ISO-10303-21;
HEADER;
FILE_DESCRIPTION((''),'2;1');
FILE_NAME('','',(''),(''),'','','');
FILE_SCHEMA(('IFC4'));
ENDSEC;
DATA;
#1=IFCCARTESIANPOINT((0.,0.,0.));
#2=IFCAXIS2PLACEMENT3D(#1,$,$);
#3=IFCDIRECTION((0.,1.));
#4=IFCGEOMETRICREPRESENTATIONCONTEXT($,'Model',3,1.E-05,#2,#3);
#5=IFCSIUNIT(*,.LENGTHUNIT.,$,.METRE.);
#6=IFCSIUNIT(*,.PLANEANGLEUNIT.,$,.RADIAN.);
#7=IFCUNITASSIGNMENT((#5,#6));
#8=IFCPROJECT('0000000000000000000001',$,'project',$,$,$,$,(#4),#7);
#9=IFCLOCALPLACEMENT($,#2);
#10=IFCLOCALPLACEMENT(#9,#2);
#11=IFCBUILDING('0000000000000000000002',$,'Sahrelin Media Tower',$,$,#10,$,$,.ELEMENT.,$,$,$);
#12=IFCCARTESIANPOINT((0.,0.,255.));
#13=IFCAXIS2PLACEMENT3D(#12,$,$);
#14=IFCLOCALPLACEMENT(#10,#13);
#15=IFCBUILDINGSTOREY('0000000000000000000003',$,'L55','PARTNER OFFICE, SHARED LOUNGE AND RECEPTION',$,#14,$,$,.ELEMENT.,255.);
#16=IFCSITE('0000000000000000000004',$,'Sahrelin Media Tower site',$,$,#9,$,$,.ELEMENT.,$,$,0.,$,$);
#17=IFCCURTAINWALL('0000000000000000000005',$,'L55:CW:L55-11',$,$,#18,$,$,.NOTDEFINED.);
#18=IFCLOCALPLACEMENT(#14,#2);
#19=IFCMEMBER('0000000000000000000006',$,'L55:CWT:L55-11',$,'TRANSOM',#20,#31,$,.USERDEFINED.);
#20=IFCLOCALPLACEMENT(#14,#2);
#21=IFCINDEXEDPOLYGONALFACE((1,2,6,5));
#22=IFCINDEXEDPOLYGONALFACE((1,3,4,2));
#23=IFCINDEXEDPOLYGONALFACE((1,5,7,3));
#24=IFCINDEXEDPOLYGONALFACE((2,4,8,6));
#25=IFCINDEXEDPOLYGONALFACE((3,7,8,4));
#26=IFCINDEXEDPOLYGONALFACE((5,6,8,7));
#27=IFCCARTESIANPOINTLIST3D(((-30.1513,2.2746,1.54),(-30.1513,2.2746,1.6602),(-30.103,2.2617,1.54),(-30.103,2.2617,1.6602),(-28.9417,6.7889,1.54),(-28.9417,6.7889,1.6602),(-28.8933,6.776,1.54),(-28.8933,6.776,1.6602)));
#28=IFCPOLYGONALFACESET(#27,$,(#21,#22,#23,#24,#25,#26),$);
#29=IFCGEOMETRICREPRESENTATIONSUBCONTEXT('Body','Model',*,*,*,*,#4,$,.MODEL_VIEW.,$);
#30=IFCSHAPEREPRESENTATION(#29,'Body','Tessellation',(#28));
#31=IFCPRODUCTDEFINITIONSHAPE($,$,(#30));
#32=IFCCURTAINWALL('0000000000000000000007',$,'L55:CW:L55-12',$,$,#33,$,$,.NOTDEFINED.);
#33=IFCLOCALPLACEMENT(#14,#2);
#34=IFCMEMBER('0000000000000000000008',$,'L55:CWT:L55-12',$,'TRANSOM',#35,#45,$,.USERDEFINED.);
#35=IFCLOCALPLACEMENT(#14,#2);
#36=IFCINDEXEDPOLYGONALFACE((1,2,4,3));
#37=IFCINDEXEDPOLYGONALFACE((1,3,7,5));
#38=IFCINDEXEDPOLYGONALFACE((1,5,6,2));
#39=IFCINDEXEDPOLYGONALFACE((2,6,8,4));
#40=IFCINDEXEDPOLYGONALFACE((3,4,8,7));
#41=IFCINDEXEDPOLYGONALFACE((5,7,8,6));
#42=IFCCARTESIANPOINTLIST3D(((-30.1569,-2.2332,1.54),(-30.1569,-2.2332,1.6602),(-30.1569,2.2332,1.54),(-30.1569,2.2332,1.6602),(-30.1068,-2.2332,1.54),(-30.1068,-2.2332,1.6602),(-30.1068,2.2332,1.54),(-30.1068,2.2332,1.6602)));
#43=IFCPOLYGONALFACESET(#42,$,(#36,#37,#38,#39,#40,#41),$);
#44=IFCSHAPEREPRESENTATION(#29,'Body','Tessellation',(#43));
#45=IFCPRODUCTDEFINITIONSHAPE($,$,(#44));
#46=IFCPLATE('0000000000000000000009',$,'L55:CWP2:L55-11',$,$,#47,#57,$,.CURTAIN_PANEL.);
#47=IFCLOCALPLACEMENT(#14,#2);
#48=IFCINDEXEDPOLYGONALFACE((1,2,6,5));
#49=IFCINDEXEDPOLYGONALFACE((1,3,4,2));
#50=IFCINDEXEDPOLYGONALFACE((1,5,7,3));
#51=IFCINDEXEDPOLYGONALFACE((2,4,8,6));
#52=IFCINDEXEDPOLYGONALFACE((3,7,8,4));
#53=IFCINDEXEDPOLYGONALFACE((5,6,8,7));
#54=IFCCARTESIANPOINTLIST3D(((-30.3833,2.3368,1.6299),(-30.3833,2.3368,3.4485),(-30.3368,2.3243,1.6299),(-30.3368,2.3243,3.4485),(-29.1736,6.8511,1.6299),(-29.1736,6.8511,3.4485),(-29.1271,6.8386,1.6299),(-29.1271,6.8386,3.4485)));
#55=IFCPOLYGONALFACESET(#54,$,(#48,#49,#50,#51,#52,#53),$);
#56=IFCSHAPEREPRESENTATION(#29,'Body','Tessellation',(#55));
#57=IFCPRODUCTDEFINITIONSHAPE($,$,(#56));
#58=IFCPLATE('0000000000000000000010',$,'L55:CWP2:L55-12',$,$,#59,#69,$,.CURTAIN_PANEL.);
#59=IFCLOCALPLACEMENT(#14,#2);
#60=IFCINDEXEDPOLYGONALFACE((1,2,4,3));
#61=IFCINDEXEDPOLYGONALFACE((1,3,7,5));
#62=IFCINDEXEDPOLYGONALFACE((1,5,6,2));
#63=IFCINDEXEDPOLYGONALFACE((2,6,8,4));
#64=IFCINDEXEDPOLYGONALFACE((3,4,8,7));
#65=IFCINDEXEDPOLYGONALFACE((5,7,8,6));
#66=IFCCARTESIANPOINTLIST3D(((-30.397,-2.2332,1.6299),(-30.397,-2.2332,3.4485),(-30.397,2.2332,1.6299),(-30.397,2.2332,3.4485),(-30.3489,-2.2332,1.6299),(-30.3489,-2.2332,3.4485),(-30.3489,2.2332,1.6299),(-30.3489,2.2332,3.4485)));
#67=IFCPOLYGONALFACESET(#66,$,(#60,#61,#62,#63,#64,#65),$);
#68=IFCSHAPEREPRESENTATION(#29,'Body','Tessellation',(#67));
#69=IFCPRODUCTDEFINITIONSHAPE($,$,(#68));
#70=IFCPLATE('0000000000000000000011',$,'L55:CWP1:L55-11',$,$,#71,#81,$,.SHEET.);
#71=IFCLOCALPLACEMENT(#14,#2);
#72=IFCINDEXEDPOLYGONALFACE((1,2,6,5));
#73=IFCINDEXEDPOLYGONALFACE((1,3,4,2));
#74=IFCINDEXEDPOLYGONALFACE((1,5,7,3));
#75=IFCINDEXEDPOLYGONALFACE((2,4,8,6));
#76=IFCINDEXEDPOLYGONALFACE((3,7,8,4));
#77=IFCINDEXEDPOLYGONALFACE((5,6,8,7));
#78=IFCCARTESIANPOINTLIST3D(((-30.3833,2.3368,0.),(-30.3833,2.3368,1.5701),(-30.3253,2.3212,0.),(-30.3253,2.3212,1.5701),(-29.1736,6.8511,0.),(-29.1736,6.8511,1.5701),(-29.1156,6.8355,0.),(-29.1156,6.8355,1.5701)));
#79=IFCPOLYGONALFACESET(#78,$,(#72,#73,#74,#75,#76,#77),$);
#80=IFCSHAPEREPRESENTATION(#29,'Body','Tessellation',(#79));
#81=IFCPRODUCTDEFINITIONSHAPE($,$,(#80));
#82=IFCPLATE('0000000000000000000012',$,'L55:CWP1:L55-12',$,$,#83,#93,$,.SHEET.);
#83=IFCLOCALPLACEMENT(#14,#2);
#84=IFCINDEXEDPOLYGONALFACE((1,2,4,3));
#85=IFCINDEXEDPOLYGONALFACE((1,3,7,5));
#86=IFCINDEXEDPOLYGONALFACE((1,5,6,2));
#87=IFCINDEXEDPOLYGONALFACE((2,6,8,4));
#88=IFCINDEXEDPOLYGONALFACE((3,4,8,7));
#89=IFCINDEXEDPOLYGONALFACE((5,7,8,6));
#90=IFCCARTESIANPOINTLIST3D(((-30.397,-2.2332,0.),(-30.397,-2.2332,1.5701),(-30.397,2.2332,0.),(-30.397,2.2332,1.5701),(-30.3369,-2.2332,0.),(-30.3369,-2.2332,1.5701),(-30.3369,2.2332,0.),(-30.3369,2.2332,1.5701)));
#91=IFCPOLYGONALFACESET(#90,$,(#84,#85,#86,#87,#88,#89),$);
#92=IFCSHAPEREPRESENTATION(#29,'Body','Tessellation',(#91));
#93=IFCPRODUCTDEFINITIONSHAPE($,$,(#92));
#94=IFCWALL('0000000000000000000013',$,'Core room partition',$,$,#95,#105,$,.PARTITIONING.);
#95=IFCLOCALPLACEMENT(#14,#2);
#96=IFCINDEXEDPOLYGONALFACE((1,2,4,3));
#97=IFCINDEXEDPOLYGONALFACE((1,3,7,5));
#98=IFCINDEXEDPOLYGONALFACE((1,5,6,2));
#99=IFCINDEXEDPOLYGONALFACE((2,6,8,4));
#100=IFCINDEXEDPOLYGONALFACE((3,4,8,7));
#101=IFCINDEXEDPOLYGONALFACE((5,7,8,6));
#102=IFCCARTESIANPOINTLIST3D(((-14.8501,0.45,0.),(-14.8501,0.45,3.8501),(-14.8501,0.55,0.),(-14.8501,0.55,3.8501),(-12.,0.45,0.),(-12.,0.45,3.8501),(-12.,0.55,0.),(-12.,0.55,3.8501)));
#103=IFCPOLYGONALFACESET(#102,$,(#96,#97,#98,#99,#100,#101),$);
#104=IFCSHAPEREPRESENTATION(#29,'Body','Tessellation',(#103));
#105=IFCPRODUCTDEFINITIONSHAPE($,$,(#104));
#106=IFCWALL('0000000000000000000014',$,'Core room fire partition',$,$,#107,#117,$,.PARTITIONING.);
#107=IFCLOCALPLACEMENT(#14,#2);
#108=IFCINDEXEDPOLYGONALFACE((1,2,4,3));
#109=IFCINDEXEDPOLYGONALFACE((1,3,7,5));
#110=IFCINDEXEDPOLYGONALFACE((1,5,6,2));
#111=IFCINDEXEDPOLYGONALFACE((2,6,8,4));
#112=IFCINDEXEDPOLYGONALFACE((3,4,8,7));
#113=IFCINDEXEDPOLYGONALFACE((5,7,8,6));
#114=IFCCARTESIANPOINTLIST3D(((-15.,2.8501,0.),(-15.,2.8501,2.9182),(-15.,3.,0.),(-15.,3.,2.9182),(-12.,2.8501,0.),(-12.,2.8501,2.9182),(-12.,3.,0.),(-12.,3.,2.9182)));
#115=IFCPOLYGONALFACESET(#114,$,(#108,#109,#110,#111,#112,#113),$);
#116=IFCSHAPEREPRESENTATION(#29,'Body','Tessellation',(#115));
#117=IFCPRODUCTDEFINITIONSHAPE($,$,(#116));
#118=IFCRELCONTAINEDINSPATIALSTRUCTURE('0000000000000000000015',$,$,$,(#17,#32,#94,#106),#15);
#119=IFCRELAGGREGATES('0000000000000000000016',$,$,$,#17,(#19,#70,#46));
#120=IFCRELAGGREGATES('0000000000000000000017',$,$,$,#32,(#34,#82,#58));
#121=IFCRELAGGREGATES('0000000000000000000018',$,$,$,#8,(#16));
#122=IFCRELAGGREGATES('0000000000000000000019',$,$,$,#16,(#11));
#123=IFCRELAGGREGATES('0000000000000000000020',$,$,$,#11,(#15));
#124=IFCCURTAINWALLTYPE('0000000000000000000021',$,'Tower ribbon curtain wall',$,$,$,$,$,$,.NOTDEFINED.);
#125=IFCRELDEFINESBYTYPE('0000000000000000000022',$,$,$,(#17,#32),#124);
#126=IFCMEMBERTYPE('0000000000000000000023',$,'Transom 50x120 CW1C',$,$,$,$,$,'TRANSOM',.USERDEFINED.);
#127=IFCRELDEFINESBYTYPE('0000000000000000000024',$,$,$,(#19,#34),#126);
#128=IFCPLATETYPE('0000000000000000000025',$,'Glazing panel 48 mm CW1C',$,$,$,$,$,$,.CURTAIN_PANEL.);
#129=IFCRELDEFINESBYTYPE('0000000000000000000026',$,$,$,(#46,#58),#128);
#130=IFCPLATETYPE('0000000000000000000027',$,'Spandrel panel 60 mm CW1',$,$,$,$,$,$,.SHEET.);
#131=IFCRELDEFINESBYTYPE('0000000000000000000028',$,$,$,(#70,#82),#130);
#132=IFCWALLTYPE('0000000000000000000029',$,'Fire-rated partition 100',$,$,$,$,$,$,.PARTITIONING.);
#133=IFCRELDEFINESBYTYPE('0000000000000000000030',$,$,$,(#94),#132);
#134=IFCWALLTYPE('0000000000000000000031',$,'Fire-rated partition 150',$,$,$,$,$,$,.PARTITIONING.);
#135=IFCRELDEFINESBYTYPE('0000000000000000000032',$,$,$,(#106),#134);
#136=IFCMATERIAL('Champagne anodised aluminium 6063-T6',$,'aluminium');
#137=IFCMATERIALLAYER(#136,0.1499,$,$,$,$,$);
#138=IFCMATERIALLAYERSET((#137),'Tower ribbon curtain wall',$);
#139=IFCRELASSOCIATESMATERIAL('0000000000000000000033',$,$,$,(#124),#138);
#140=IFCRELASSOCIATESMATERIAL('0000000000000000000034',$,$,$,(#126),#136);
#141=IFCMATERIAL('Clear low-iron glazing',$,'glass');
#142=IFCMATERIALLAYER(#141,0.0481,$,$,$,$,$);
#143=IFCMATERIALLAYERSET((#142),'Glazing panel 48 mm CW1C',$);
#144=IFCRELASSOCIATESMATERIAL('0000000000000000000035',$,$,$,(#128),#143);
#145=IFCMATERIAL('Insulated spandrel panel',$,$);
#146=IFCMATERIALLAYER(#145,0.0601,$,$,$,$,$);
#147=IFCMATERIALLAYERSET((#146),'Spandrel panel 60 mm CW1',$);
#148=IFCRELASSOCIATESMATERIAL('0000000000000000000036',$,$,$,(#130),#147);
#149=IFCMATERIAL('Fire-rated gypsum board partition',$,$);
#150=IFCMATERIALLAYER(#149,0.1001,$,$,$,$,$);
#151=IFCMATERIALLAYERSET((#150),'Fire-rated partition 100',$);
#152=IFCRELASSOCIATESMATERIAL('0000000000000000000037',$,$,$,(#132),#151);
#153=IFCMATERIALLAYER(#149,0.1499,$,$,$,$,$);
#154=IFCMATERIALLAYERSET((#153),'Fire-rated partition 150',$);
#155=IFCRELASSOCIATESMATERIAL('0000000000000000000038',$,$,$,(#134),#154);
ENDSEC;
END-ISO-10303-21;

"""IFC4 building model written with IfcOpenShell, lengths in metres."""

from ifc_helpers import new_model, si_unit, direction, frame, frame_2d, origin, origin_2d, place, context, subcontext, project, spatial, polyline, rectangle, outline, extrude, material, layer, layer_set, material_profile, profile_set, type_object, element, aggregate, save


model = new_model("IFC4")

# Units and contexts
model_context = context("Model", 3, precision=1e-05, world=origin(), true_north=direction((0.0, 1.0)))
body_context = subcontext(model_context, "Body", "Model", "MODEL_VIEW")
ifc_project = project(units=[si_unit("LENGTHUNIT", "METRE"), si_unit("PLANEANGLEUNIT", "RADIAN")], contexts=[model_context])

# Site, building, storey
site_placement = place(None, origin())
site = spatial("IfcSite", under=ifc_project, at=site_placement, Name="Sahrelin Media Tower site", CompositionType="ELEMENT", RefElevation=0.0)
building_placement = place(site_placement, origin())
building = spatial("IfcBuilding", under=site, at=building_placement, Name="Sahrelin Media Tower", CompositionType="ELEMENT")
storey_placement = place(building_placement, frame((0.0, 0.0, 255.0)))
storey = spatial("IfcBuildingStorey", under=building, at=storey_placement, Name="L55", Description="PARTNER OFFICE, SHARED LOUNGE AND RECEPTION", CompositionType="ELEMENT", Elevation=255.0)

# Curtain wall
ifc_material_1 = material(Name="Champagne anodised aluminium 6063-T6", Category="aluminium")
ifc_layer_1 = layer(ifc_material_1, 0.1499)
ifc_layer_set_1 = layer_set([ifc_layer_1], Name="Tower ribbon curtain wall")
curtain_wall_type = type_object("IfcCurtainWallType", Name="Tower ribbon curtain wall", PredefinedType="NOTDEFINED", material=ifc_layer_set_1)
curtain_wall_1_placement = place(storey_placement, frame((-29.759, 4.5886, 0.0), z_axis=(0.0, 0.0, 1.0), x_axis=(1.0, 0.0, 0.0)))
curtain_wall_1 = element("IfcCurtainWall", 1, at=curtain_wall_1_placement, inside=storey, type_object=curtain_wall_type, Name="L55:CW:L55-11", PredefinedType="NOTDEFINED")

# Member
ifc_material_profile_1 = material_profile(ifc_material_1, rectangle(XDim=0.05, YDim=0.1201, at=origin_2d()), Name="Transom 50x120")
ifc_profile_set_1 = profile_set([ifc_material_profile_1], Name="Champagne anodised aluminium 6063-T6")
member_type_1 = type_object("IfcMemberType", Name="Transom 50x120 CW1C", ElementType="TRANSOM", PredefinedType="USERDEFINED", material=ifc_profile_set_1)
member_1_placement = place(storey_placement, frame((-28.9175, 6.7825, 1.6001), z_axis=(-0.258836, -0.965921, 0.0), x_axis=(0.965921, -0.258836, 0.0)))
member_1 = element("IfcMember", 2, at=member_1_placement, type_object=member_type_1, Name="L55:CWT:L55-11", ObjectType="TRANSOM", PredefinedType="USERDEFINED", context=body_context, shape_type="SweptSolid", body=[
    extrude(rectangle(XDim=0.05, YDim=0.1201, at=origin_2d()), origin(), (0.0, 0.0, 1.0), 4.6736),
])

# Curtain wall, member
curtain_wall_2_placement = place(storey_placement, frame((-30.377, 0.0, 0.0), z_axis=(0.0, 0.0, 1.0), x_axis=(1.0, 0.0, 0.0)))
curtain_wall_2 = element("IfcCurtainWall", 3, at=curtain_wall_2_placement, inside=storey, type_object=curtain_wall_type, Name="L55:CW:L55-12", PredefinedType="NOTDEFINED")
member_2_placement = place(storey_placement, frame((-30.1318, 2.2332, 1.6001), z_axis=(0.0, -1.0, 0.0), x_axis=(1.0, 0.0, 0.0)))
member_2 = element("IfcMember", 4, at=member_2_placement, type_object=member_type_1, Name="L55:CWT:L55-12", ObjectType="TRANSOM", PredefinedType="USERDEFINED", context=body_context, shape_type="SweptSolid", body=[
    extrude(rectangle(XDim=0.05, YDim=0.1201, at=origin_2d()), origin(), (0.0, 0.0, 1.0), 4.4663),
])

# Plates
ifc_material_2 = material(Name="Clear low-iron glazing", Category="glass")
ifc_layer_2 = layer(ifc_material_2, 0.0481)
ifc_layer_set_2 = layer_set([ifc_layer_2], Name="Glazing panel 48 mm CW1C")
plate_type_1 = type_object("IfcPlateType", Name="Glazing panel 48 mm CW1C", PredefinedType="CURTAIN_PANEL", material=ifc_layer_set_2)
plate_1_placement = place(storey_placement, frame((-29.1736, 6.8511, 1.6299), z_axis=(-0.965921, 0.258836, 0.0), x_axis=(-0.258836, -0.965921, 0.0)))
plate_1 = element("IfcPlate", 5, at=plate_1_placement, type_object=plate_type_1, Name="L55:CWP2:L55-11", PredefinedType="CURTAIN_PANEL", context=body_context, shape_type="SweptSolid", body=[
    extrude(outline(polyline([(0.0, 0.0), (4.6736, 0.0), (4.6736, 1.8186), (0.0, 1.8186), (0.0, 0.0)])), origin(), (0.0, 0.0, -1.0), 0.0481),
])
plate_2_placement = place(storey_placement, frame((-30.397, 2.2332, 1.6299), z_axis=(-1.0, 0.0, 0.0), x_axis=(0.0, -1.0, 0.0)))
plate_2 = element("IfcPlate", 6, at=plate_2_placement, type_object=plate_type_1, Name="L55:CWP2:L55-12", PredefinedType="CURTAIN_PANEL", context=body_context, shape_type="SweptSolid", body=[
    extrude(outline(polyline([(0.0, 0.0), (4.4663, 0.0), (4.4663, 1.8186), (0.0, 1.8186), (0.0, 0.0)])), origin(), (0.0, 0.0, -1.0), 0.0481),
])
ifc_material_3 = material(Name="Insulated spandrel panel")
ifc_layer_3 = layer(ifc_material_3, 0.0601)
ifc_layer_set_3 = layer_set([ifc_layer_3], Name="Spandrel panel 60 mm CW1")
plate_type_2 = type_object("IfcPlateType", Name="Spandrel panel 60 mm CW1", PredefinedType="SHEET", material=ifc_layer_set_3)
plate_3_placement = place(storey_placement, frame((-29.1736, 6.8511, 0.0), z_axis=(-0.965921, 0.258836, 0.0), x_axis=(-0.258836, -0.965921, 0.0)))
plate_3 = element("IfcPlate", 7, at=plate_3_placement, type_object=plate_type_2, Name="L55:CWP1:L55-11", PredefinedType="SHEET", context=body_context, shape_type="SweptSolid", body=[
    extrude(outline(polyline([(0.0, 0.0), (4.6736, 0.0), (4.6736, 1.5701), (0.0, 1.5701), (0.0, 0.0)])), origin(), (0.0, 0.0, -1.0), 0.0601),
])
aggregate(curtain_wall_1, [member_1, plate_3, plate_1])
plate_4_placement = place(storey_placement, frame((-30.397, 2.2332, 0.0), z_axis=(-1.0, 0.0, 0.0), x_axis=(0.0, -1.0, 0.0)))
plate_4 = element("IfcPlate", 8, at=plate_4_placement, type_object=plate_type_2, Name="L55:CWP1:L55-12", PredefinedType="SHEET", context=body_context, shape_type="SweptSolid", body=[
    extrude(outline(polyline([(0.0, 0.0), (4.4663, 0.0), (4.4663, 1.5701), (0.0, 1.5701), (0.0, 0.0)])), origin(), (0.0, 0.0, -1.0), 0.0601),
])
aggregate(curtain_wall_2, [member_2, plate_4, plate_2])

# Walls
ifc_material_4 = material(Name="Fire-rated gypsum board partition")
ifc_layer_4 = layer(ifc_material_4, 0.1001)
ifc_layer_set_4 = layer_set([ifc_layer_4], Name="Fire-rated partition 100")
wall_type_1 = type_object("IfcWallType", Name="Fire-rated partition 100", PredefinedType="PARTITIONING", material=ifc_layer_set_4)
wall_1_placement = place(storey_placement, frame((-14.8501, 0.5, 0.0), z_axis=(0.0, 0.0, 1.0), x_axis=(1.0, 0.0, 0.0)))
element("IfcWall", 9, at=wall_1_placement, inside=storey, type_object=wall_type_1, Name="Core room partition", PredefinedType="PARTITIONING", context=body_context, shape_type="SweptSolid", body=[
    extrude(rectangle(XDim=2.8501, YDim=0.1001, at=frame_2d((1.425, 0.0))), origin(), (0.0, 0.0, 1.0), 3.8501),
])
ifc_layer_5 = layer(ifc_material_4, 0.1499)
ifc_layer_set_5 = layer_set([ifc_layer_5], Name="Fire-rated partition 150")
wall_type_2 = type_object("IfcWallType", Name="Fire-rated partition 150", PredefinedType="PARTITIONING", material=ifc_layer_set_5)
wall_2_placement = place(storey_placement, frame((-15.0, 2.925, 0.0), z_axis=(0.0, 0.0, 1.0), x_axis=(1.0, 0.0, 0.0)))
element("IfcWall", 10, at=wall_2_placement, inside=storey, type_object=wall_type_2, Name="Core room fire partition", PredefinedType="PARTITIONING", context=body_context, shape_type="SweptSolid", body=[
    extrude(rectangle(XDim=3.0, YDim=0.1499, at=frame_2d((1.5, 0.0))), origin(), (0.0, 0.0, 1.0), 2.9182),
])

save(model, "model.ifc")
